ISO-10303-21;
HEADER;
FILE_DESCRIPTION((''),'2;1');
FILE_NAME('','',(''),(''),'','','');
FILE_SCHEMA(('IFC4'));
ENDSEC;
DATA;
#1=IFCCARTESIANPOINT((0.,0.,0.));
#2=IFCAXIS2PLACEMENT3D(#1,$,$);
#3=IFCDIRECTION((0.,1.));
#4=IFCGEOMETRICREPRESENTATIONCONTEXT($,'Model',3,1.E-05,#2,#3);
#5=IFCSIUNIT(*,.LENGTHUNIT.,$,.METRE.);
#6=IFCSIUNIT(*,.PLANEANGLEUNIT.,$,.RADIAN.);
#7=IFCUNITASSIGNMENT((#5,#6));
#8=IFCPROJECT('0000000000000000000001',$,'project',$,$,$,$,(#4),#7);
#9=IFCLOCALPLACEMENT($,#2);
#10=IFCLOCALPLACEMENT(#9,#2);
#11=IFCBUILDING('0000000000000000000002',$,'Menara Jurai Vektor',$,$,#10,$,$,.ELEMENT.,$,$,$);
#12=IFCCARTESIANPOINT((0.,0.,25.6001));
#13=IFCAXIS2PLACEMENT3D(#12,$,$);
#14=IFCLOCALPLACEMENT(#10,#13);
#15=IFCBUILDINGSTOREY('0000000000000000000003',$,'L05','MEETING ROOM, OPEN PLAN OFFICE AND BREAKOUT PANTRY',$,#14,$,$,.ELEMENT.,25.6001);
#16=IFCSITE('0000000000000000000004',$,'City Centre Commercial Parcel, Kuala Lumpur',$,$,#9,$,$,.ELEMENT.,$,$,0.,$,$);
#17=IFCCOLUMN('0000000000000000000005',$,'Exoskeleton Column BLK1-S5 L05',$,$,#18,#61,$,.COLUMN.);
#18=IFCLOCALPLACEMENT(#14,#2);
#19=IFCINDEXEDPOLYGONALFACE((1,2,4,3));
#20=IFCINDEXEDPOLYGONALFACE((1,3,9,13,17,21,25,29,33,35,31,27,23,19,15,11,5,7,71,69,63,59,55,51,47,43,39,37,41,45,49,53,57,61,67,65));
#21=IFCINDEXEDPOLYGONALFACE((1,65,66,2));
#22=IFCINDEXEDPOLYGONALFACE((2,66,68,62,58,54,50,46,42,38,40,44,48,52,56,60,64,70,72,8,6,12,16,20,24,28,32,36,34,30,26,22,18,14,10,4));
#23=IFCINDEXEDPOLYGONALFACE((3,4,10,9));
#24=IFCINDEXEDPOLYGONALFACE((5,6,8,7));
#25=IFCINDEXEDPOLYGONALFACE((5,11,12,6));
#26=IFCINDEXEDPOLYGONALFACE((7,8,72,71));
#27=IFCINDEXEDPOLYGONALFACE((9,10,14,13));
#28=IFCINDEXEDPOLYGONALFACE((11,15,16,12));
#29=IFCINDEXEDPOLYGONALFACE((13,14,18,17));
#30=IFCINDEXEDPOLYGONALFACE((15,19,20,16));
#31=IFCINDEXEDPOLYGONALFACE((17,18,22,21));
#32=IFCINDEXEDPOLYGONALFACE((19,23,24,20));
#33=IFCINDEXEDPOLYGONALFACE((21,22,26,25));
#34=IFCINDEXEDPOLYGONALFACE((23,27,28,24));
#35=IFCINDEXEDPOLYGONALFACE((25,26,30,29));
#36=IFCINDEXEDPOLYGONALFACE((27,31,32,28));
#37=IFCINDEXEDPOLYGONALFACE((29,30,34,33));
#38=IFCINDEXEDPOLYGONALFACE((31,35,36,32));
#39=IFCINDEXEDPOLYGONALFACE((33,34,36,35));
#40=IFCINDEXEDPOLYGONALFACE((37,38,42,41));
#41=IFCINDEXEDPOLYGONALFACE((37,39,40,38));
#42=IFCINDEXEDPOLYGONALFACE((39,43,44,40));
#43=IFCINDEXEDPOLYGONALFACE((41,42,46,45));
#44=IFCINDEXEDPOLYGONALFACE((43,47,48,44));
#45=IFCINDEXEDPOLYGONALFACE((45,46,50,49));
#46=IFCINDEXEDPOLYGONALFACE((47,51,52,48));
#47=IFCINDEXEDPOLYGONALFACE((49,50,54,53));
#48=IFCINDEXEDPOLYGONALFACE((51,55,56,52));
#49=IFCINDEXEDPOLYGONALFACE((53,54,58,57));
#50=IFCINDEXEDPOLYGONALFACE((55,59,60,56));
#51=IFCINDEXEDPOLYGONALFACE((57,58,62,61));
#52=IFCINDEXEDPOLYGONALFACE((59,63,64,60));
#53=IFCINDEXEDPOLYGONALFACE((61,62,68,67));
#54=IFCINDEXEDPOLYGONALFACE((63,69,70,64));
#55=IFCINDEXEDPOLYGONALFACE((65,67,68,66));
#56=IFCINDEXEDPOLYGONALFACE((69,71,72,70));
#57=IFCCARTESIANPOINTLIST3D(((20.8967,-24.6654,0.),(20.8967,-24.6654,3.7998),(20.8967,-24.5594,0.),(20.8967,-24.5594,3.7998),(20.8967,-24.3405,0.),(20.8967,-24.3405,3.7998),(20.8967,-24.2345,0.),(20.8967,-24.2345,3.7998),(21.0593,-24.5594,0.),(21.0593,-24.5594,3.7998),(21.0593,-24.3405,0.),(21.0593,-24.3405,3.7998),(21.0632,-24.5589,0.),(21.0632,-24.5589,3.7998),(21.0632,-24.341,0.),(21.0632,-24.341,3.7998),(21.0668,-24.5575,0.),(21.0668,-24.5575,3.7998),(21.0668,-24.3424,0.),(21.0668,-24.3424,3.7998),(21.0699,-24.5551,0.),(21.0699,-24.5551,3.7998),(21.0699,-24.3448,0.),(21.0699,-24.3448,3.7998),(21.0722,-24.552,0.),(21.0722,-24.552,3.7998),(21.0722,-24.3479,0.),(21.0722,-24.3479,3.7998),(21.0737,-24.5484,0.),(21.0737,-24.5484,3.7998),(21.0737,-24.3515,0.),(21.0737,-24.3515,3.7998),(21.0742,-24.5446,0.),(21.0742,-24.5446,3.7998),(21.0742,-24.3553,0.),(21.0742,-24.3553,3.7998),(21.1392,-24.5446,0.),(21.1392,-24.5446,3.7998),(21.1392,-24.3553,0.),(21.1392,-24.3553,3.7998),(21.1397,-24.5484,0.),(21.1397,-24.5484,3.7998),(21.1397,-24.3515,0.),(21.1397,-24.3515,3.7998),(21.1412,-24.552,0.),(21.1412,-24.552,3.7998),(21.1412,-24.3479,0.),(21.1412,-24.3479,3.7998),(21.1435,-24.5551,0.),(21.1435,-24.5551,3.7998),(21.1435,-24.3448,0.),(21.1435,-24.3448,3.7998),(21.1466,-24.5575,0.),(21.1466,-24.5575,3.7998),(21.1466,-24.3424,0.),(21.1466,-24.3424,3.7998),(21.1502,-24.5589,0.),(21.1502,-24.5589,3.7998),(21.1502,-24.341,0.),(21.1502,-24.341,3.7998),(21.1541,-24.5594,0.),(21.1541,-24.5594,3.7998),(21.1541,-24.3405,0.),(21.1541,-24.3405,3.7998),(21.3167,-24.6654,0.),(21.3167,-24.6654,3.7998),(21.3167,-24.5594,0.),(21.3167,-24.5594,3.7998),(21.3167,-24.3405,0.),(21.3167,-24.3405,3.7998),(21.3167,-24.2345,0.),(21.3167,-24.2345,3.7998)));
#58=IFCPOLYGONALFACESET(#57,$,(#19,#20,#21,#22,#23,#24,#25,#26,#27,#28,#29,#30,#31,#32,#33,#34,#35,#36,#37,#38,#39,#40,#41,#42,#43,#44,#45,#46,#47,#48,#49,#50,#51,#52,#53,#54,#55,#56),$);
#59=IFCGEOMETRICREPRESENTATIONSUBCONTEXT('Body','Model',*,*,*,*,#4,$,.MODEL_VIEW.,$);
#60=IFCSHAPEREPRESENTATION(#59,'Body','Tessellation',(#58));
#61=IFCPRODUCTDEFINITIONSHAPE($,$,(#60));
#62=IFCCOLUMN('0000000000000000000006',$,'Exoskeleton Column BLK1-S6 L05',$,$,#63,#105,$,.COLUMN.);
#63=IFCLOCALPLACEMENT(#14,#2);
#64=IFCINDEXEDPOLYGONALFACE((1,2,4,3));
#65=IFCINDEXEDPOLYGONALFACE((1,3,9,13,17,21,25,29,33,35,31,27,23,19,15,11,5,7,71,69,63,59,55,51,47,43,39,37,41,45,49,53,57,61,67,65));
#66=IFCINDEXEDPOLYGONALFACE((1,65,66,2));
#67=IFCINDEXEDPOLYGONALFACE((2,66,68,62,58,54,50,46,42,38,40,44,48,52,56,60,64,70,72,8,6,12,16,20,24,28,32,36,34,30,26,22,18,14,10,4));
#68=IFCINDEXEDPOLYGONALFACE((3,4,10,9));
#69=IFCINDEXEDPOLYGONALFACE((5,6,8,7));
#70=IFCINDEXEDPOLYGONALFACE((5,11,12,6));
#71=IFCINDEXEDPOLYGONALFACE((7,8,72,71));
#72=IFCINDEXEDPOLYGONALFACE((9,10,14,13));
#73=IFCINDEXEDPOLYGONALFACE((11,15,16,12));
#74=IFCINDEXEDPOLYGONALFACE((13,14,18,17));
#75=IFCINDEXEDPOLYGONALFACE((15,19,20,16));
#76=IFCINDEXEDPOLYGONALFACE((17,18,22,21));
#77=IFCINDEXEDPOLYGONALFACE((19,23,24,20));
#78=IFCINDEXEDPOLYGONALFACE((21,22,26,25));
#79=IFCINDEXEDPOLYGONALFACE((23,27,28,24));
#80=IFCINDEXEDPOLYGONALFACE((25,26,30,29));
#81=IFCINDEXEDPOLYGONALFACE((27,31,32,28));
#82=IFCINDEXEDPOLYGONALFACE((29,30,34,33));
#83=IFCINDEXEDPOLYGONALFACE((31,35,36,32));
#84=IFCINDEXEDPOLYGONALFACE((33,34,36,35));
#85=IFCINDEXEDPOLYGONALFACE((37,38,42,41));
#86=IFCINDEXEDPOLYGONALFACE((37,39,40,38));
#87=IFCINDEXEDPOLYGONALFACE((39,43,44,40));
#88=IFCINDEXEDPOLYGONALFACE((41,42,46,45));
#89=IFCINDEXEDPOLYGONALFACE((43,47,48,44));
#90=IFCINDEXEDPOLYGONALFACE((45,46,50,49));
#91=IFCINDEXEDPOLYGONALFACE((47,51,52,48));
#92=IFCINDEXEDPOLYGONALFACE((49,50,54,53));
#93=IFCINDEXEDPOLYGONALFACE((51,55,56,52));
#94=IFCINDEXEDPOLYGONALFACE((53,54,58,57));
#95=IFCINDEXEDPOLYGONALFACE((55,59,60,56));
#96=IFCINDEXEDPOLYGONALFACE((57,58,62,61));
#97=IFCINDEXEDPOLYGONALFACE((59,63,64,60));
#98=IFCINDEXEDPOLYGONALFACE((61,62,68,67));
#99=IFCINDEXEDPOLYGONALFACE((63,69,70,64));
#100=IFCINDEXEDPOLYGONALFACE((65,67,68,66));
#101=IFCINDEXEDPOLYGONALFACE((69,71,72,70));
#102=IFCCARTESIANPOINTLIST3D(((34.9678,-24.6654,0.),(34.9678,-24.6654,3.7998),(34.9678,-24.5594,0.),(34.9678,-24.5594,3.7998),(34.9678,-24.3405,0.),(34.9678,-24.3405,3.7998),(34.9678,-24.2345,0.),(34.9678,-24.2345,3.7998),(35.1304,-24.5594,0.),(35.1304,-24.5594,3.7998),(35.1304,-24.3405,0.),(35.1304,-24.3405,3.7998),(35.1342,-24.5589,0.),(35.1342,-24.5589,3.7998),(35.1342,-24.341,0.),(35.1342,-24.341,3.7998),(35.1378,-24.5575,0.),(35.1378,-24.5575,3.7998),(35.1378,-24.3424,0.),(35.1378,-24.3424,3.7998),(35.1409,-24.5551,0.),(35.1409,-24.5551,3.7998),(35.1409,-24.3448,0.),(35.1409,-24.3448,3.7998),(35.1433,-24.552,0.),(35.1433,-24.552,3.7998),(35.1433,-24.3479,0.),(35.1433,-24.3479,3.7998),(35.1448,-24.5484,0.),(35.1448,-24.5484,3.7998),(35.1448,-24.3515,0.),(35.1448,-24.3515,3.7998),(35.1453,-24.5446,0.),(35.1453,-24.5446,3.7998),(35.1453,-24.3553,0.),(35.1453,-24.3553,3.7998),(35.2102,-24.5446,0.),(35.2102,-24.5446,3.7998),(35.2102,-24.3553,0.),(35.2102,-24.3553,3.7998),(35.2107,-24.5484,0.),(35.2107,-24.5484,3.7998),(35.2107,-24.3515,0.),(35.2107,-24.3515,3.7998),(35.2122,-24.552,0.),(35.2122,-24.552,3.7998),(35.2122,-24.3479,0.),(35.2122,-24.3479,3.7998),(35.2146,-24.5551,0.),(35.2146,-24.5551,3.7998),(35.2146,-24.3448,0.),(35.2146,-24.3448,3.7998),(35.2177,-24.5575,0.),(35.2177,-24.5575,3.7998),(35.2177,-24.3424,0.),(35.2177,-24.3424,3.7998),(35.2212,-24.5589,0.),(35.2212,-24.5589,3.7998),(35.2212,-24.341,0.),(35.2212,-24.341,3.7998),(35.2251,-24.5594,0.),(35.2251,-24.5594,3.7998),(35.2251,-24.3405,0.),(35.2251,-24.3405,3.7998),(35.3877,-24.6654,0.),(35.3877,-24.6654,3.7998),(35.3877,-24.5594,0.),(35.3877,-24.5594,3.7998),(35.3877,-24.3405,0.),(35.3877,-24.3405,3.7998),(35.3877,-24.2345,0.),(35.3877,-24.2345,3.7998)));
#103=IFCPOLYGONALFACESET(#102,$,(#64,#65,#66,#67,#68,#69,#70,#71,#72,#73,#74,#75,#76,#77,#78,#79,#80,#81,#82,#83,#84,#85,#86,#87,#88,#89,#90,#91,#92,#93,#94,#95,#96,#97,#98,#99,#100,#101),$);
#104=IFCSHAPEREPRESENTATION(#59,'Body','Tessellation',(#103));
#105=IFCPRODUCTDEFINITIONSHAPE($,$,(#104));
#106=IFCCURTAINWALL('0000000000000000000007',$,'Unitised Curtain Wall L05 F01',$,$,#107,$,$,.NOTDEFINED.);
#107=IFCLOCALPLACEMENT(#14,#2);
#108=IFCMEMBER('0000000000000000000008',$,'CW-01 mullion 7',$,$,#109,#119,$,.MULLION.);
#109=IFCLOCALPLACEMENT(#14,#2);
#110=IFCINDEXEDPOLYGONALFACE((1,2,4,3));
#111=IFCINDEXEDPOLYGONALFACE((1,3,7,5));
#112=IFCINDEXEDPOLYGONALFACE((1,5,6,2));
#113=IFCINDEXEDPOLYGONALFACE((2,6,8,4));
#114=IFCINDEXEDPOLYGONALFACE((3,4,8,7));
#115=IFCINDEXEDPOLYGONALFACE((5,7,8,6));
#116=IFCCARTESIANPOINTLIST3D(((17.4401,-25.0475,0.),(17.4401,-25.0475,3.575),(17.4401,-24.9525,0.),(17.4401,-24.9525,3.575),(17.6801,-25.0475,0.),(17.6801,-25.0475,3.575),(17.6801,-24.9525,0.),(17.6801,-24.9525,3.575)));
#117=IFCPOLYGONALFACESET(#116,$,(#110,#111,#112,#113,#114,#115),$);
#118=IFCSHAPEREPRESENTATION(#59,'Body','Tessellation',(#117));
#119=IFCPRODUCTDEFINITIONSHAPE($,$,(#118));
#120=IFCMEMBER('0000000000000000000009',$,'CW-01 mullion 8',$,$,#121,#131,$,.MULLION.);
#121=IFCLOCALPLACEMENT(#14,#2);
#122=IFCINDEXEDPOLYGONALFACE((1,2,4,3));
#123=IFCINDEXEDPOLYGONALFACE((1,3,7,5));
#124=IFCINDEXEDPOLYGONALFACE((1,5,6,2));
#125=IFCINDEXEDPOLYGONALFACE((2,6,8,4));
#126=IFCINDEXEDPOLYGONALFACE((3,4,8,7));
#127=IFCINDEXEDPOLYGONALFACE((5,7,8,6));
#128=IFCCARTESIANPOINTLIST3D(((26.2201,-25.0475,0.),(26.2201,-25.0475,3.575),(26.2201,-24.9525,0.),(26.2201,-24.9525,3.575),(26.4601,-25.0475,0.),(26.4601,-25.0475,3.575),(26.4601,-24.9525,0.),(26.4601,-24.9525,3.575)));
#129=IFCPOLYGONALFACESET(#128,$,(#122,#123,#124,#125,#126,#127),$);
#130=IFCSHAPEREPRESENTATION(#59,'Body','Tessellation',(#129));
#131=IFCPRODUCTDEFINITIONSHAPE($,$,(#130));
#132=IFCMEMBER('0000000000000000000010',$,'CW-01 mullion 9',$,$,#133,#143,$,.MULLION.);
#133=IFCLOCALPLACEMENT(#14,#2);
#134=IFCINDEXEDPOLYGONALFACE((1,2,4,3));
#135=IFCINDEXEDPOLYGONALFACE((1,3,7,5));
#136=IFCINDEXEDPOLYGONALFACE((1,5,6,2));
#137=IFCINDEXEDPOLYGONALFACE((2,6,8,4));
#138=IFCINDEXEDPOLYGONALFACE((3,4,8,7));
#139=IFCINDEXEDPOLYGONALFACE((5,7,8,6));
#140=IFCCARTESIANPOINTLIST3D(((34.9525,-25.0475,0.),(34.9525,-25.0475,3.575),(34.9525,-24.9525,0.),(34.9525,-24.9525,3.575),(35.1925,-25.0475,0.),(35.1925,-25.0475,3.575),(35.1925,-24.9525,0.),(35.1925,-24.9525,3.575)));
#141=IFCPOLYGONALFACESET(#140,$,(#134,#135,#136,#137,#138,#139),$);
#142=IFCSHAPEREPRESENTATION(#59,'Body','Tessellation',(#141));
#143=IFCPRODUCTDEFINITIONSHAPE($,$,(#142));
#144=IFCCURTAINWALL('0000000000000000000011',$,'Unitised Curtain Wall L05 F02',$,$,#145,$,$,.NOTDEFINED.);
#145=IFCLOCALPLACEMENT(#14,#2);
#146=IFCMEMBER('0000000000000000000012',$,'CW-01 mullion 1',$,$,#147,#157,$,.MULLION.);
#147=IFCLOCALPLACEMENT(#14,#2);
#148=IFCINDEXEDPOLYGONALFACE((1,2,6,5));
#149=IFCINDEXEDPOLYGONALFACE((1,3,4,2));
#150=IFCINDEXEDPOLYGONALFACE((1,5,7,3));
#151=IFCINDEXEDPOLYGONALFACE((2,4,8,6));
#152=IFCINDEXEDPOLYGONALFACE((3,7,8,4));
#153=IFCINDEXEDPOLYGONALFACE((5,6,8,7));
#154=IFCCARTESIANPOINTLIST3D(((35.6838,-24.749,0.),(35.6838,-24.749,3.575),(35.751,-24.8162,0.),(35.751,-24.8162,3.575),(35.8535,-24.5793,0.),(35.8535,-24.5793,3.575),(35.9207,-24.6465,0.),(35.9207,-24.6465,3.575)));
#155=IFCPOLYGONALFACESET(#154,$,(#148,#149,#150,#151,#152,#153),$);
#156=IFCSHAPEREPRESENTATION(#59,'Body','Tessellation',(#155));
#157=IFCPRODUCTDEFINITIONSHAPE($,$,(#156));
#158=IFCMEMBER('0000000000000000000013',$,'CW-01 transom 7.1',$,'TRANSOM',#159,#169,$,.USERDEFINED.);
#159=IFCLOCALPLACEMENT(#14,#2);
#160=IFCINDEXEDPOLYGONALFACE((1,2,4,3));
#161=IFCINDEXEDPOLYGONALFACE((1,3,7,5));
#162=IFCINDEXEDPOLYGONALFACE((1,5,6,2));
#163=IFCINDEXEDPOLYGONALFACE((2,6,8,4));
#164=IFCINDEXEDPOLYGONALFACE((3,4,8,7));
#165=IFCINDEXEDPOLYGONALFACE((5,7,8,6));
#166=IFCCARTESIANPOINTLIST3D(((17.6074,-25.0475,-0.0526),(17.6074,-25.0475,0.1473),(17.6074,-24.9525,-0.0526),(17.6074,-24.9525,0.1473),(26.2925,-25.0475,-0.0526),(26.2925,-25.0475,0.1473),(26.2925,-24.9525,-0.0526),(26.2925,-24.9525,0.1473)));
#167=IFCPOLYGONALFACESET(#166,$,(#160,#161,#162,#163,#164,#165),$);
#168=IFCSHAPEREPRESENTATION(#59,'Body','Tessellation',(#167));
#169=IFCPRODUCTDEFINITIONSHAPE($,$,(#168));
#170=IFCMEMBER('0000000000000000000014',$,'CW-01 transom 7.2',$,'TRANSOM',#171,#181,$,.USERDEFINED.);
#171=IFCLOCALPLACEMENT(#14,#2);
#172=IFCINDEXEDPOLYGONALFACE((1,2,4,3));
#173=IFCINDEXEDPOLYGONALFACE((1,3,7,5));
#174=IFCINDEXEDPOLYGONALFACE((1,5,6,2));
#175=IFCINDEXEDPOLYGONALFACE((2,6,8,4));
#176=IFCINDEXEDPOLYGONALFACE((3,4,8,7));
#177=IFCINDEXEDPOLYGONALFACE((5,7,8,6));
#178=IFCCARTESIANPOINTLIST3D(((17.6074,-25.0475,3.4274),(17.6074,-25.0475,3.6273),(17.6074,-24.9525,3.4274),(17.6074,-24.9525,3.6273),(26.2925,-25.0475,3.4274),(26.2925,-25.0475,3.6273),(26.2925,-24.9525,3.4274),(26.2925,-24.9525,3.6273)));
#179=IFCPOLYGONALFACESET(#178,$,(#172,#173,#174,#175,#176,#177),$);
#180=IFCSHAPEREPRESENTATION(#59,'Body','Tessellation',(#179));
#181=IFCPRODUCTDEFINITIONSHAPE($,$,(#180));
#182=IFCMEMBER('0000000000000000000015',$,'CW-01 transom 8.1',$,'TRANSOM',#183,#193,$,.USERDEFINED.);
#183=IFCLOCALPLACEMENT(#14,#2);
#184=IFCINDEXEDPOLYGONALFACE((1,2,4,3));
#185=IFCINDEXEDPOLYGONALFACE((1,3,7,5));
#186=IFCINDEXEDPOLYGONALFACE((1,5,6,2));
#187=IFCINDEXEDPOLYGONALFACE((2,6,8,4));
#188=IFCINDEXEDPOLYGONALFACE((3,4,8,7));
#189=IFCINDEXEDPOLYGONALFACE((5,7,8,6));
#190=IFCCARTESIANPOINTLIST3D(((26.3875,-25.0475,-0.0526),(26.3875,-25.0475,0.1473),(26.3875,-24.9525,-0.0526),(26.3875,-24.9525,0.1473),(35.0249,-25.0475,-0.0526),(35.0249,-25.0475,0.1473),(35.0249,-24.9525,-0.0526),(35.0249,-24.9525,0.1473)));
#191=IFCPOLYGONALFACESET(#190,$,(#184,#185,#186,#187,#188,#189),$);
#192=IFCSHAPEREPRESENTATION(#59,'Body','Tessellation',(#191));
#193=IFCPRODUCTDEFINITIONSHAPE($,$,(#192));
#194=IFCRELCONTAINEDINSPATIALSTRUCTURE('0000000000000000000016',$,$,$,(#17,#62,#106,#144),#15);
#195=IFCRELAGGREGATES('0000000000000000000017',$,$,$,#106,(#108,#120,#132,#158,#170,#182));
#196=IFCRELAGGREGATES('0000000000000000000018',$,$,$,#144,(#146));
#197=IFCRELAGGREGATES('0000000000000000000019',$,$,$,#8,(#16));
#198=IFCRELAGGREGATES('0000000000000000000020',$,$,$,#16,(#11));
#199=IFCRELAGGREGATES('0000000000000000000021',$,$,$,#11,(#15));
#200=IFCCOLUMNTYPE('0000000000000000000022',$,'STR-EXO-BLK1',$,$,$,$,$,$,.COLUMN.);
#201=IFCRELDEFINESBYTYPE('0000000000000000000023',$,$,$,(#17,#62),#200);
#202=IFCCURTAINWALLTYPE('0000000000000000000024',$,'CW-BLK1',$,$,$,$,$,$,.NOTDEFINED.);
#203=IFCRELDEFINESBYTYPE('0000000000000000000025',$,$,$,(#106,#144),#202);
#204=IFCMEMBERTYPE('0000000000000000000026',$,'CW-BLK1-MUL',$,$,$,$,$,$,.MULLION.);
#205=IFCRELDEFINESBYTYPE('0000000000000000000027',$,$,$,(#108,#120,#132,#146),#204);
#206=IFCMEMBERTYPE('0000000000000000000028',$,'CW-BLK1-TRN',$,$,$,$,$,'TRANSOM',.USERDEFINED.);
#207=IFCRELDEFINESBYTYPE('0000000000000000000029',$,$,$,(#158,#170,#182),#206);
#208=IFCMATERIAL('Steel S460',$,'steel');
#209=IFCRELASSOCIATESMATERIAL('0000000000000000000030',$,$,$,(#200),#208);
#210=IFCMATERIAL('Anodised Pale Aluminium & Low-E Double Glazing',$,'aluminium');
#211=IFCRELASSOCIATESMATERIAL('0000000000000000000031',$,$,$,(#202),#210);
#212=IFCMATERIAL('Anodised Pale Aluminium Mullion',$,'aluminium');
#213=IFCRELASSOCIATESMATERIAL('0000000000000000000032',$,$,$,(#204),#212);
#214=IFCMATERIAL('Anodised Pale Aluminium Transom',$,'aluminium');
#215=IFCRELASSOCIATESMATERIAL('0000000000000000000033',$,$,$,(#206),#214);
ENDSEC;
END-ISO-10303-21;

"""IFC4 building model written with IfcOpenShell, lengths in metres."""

from ifc_helpers import new_model, si_unit, direction, frame, origin, origin_2d, place, context, subcontext, project, spatial, rectangle, i_section, extrude, material, material_profile, profile_set, type_object, element, aggregate, save


model = new_model("IFC4")

# Units and contexts
model_context = context("Model", 3, precision=1e-05, world=origin(), true_north=direction((0.0, 1.0)))
body_context = subcontext(model_context, "Body", "Model", "MODEL_VIEW")
ifc_project = project(units=[si_unit("LENGTHUNIT", "METRE"), si_unit("PLANEANGLEUNIT", "RADIAN")], contexts=[model_context])

# Site, building, storey
site_placement = place(None, origin())
site = spatial("IfcSite", under=ifc_project, at=site_placement, Name="City Centre Commercial Parcel, Kuala Lumpur", CompositionType="ELEMENT", RefElevation=0.0)
building_placement = place(site_placement, origin())
building = spatial("IfcBuilding", under=site, at=building_placement, Name="Menara Jurai Vektor", CompositionType="ELEMENT")
storey_placement = place(building_placement, frame((0.0, 0.0, 25.6001)))
storey = spatial("IfcBuildingStorey", under=building, at=storey_placement, Name="L05", Description="MEETING ROOM, OPEN PLAN OFFICE AND BREAKOUT PANTRY", CompositionType="ELEMENT", Elevation=25.6001)

# Columns
ifc_material_1 = material(Name="Steel S460", Category="steel")
ifc_material_profile_1 = material_profile(ifc_material_1, i_section(OverallWidth=0.4199, OverallDepth=0.4309, WebThickness=0.0649, FlangeThickness=0.106, FilletRadius=0.0149, at=origin_2d()), Name="HD 400x900")
ifc_profile_set_1 = profile_set([ifc_material_profile_1], Name="Steel S460")
column_type = type_object("IfcColumnType", Name="STR-EXO-BLK1", PredefinedType="COLUMN", material=ifc_profile_set_1)
for number, where, z_axis, x_axis, name in (
    (1, (21.1067, -24.45, 0.0), (0.0, 0.0, 1.0), (1.0, 0.0, 0.0), "Exoskeleton Column BLK1-S5 L05"),
    (2, (35.1777, -24.45, 0.0), (0.0, 0.0, 1.0), (1.0, 0.0, 0.0), "Exoskeleton Column BLK1-S6 L05"),
):
    element("IfcColumn", number, at=place(storey_placement, frame(where, z_axis=z_axis, x_axis=x_axis)), inside=storey, type_object=column_type, Name=name, PredefinedType="COLUMN", context=body_context, shape_type="SweptSolid", body=[
        extrude(i_section(OverallWidth=0.4199, OverallDepth=0.4309, WebThickness=0.0649, FlangeThickness=0.106, FilletRadius=0.0149, at=origin_2d()), origin(), (0.0, 0.0, 1.0), 3.7998),
    ])

# Curtain wall, members
ifc_material_2 = material(Name="Anodised Pale Aluminium & Low-E Double Glazing", Category="aluminium")
curtain_wall_type = type_object("IfcCurtainWallType", Name="CW-BLK1", PredefinedType="NOTDEFINED", material=ifc_material_2)
curtain_wall_1_placement = place(storey_placement, origin())
curtain_wall_1 = element("IfcCurtainWall", 3, at=curtain_wall_1_placement, inside=storey, type_object=curtain_wall_type, Name="Unitised Curtain Wall L05 F01", PredefinedType="NOTDEFINED")
ifc_material_3 = material(Name="Anodised Pale Aluminium Mullion", Category="aluminium")
ifc_material_profile_2 = material_profile(ifc_material_3, rectangle(XDim=0.095, YDim=0.24, at=origin_2d()), Name="ALU MUL 95x240")
ifc_profile_set_2 = profile_set([ifc_material_profile_2], Name="Anodised Pale Aluminium Mullion")
member_type_1 = type_object("IfcMemberType", Name="CW-BLK1-MUL", PredefinedType="MULLION", material=ifc_profile_set_2)
member_1_placement = place(storey_placement, frame((17.5601, -25.0, 0.0), z_axis=(0.0, 0.0, 1.0), x_axis=(0.0, 1.0, 0.0)))
member_1 = element("IfcMember", 4, at=member_1_placement, type_object=member_type_1, Name="CW-01 mullion 7", PredefinedType="MULLION", context=body_context, shape_type="SweptSolid", body=[
    extrude(rectangle(XDim=0.095, YDim=0.24, at=origin_2d()), origin(), (0.0, 0.0, 1.0), 3.575),
])
member_2_placement = place(storey_placement, frame((26.3401, -25.0, 0.0), z_axis=(0.0, 0.0, 1.0), x_axis=(0.0, 1.0, 0.0)))
member_2 = element("IfcMember", 5, at=member_2_placement, type_object=member_type_1, Name="CW-01 mullion 8", PredefinedType="MULLION", context=body_context, shape_type="SweptSolid", body=[
    extrude(rectangle(XDim=0.095, YDim=0.24, at=origin_2d()), origin(), (0.0, 0.0, 1.0), 3.575),
])
member_3_placement = place(storey_placement, frame((35.0725, -25.0, 0.0), z_axis=(0.0, 0.0, 1.0), x_axis=(0.0, 1.0, 0.0)))
member_3 = element("IfcMember", 6, at=member_3_placement, type_object=member_type_1, Name="CW-01 mullion 9", PredefinedType="MULLION", context=body_context, shape_type="SweptSolid", body=[
    extrude(rectangle(XDim=0.095, YDim=0.24, at=origin_2d()), origin(), (0.0, 0.0, 1.0), 3.575),
])

# Curtain wall, member
curtain_wall_2_placement = place(storey_placement, origin())
curtain_wall_2 = element("IfcCurtainWall", 7, at=curtain_wall_2_placement, inside=storey, type_object=curtain_wall_type, Name="Unitised Curtain Wall L05 F02", PredefinedType="NOTDEFINED")
member_4_placement = place(storey_placement, frame((35.8022, -24.6978, 0.0), z_axis=(0.0, 0.0, 1.0), x_axis=(-0.707107, 0.707107, 0.0)))
member_4 = element("IfcMember", 8, at=member_4_placement, type_object=member_type_1, Name="CW-01 mullion 1", PredefinedType="MULLION", context=body_context, shape_type="SweptSolid", body=[
    extrude(rectangle(XDim=0.095, YDim=0.24, at=origin_2d()), origin(), (0.0, 0.0, 1.0), 3.575),
])

# Members
ifc_material_4 = material(Name="Anodised Pale Aluminium Transom", Category="aluminium")
ifc_material_profile_3 = material_profile(ifc_material_4, rectangle(XDim=0.095, YDim=0.2, at=origin_2d()), Name="ALU TRN 95x200")
ifc_profile_set_3 = profile_set([ifc_material_profile_3], Name="Anodised Pale Aluminium Transom")
member_type_2 = type_object("IfcMemberType", Name="CW-BLK1-TRN", ElementType="TRANSOM", PredefinedType="USERDEFINED", material=ifc_profile_set_3)
member_5_placement = place(storey_placement, frame((17.6074, -25.0, 0.0474), z_axis=(1.0, 0.0, 0.0), x_axis=(0.0, 1.0, 0.0)))
member_5 = element("IfcMember", 9, at=member_5_placement, type_object=member_type_2, Name="CW-01 transom 7.1", ObjectType="TRANSOM", PredefinedType="USERDEFINED", context=body_context, shape_type="SweptSolid", body=[
    extrude(rectangle(XDim=0.095, YDim=0.2, at=origin_2d()), origin(), (0.0, 0.0, 1.0), 8.6851),
])
member_6_placement = place(storey_placement, frame((17.6074, -25.0, 3.5273), z_axis=(1.0, 0.0, 0.0), x_axis=(0.0, 1.0, 0.0)))
member_6 = element("IfcMember", 10, at=member_6_placement, type_object=member_type_2, Name="CW-01 transom 7.2", ObjectType="TRANSOM", PredefinedType="USERDEFINED", context=body_context, shape_type="SweptSolid", body=[
    extrude(rectangle(XDim=0.095, YDim=0.2, at=origin_2d()), origin(), (0.0, 0.0, 1.0), 8.6851),
])
member_7_placement = place(storey_placement, frame((26.3875, -25.0, 0.0474), z_axis=(1.0, 0.0, 0.0), x_axis=(0.0, 1.0, 0.0)))
member_7 = element("IfcMember", 11, at=member_7_placement, type_object=member_type_2, Name="CW-01 transom 8.1", ObjectType="TRANSOM", PredefinedType="USERDEFINED", context=body_context, shape_type="SweptSolid", body=[
    extrude(rectangle(XDim=0.095, YDim=0.2, at=origin_2d()), origin(), (0.0, 0.0, 1.0), 8.6375),
])

aggregate(curtain_wall_1, [member_1, member_2, member_3, member_5, member_6, member_7])
aggregate(curtain_wall_2, [member_4])

save(model, "model.ifc")
